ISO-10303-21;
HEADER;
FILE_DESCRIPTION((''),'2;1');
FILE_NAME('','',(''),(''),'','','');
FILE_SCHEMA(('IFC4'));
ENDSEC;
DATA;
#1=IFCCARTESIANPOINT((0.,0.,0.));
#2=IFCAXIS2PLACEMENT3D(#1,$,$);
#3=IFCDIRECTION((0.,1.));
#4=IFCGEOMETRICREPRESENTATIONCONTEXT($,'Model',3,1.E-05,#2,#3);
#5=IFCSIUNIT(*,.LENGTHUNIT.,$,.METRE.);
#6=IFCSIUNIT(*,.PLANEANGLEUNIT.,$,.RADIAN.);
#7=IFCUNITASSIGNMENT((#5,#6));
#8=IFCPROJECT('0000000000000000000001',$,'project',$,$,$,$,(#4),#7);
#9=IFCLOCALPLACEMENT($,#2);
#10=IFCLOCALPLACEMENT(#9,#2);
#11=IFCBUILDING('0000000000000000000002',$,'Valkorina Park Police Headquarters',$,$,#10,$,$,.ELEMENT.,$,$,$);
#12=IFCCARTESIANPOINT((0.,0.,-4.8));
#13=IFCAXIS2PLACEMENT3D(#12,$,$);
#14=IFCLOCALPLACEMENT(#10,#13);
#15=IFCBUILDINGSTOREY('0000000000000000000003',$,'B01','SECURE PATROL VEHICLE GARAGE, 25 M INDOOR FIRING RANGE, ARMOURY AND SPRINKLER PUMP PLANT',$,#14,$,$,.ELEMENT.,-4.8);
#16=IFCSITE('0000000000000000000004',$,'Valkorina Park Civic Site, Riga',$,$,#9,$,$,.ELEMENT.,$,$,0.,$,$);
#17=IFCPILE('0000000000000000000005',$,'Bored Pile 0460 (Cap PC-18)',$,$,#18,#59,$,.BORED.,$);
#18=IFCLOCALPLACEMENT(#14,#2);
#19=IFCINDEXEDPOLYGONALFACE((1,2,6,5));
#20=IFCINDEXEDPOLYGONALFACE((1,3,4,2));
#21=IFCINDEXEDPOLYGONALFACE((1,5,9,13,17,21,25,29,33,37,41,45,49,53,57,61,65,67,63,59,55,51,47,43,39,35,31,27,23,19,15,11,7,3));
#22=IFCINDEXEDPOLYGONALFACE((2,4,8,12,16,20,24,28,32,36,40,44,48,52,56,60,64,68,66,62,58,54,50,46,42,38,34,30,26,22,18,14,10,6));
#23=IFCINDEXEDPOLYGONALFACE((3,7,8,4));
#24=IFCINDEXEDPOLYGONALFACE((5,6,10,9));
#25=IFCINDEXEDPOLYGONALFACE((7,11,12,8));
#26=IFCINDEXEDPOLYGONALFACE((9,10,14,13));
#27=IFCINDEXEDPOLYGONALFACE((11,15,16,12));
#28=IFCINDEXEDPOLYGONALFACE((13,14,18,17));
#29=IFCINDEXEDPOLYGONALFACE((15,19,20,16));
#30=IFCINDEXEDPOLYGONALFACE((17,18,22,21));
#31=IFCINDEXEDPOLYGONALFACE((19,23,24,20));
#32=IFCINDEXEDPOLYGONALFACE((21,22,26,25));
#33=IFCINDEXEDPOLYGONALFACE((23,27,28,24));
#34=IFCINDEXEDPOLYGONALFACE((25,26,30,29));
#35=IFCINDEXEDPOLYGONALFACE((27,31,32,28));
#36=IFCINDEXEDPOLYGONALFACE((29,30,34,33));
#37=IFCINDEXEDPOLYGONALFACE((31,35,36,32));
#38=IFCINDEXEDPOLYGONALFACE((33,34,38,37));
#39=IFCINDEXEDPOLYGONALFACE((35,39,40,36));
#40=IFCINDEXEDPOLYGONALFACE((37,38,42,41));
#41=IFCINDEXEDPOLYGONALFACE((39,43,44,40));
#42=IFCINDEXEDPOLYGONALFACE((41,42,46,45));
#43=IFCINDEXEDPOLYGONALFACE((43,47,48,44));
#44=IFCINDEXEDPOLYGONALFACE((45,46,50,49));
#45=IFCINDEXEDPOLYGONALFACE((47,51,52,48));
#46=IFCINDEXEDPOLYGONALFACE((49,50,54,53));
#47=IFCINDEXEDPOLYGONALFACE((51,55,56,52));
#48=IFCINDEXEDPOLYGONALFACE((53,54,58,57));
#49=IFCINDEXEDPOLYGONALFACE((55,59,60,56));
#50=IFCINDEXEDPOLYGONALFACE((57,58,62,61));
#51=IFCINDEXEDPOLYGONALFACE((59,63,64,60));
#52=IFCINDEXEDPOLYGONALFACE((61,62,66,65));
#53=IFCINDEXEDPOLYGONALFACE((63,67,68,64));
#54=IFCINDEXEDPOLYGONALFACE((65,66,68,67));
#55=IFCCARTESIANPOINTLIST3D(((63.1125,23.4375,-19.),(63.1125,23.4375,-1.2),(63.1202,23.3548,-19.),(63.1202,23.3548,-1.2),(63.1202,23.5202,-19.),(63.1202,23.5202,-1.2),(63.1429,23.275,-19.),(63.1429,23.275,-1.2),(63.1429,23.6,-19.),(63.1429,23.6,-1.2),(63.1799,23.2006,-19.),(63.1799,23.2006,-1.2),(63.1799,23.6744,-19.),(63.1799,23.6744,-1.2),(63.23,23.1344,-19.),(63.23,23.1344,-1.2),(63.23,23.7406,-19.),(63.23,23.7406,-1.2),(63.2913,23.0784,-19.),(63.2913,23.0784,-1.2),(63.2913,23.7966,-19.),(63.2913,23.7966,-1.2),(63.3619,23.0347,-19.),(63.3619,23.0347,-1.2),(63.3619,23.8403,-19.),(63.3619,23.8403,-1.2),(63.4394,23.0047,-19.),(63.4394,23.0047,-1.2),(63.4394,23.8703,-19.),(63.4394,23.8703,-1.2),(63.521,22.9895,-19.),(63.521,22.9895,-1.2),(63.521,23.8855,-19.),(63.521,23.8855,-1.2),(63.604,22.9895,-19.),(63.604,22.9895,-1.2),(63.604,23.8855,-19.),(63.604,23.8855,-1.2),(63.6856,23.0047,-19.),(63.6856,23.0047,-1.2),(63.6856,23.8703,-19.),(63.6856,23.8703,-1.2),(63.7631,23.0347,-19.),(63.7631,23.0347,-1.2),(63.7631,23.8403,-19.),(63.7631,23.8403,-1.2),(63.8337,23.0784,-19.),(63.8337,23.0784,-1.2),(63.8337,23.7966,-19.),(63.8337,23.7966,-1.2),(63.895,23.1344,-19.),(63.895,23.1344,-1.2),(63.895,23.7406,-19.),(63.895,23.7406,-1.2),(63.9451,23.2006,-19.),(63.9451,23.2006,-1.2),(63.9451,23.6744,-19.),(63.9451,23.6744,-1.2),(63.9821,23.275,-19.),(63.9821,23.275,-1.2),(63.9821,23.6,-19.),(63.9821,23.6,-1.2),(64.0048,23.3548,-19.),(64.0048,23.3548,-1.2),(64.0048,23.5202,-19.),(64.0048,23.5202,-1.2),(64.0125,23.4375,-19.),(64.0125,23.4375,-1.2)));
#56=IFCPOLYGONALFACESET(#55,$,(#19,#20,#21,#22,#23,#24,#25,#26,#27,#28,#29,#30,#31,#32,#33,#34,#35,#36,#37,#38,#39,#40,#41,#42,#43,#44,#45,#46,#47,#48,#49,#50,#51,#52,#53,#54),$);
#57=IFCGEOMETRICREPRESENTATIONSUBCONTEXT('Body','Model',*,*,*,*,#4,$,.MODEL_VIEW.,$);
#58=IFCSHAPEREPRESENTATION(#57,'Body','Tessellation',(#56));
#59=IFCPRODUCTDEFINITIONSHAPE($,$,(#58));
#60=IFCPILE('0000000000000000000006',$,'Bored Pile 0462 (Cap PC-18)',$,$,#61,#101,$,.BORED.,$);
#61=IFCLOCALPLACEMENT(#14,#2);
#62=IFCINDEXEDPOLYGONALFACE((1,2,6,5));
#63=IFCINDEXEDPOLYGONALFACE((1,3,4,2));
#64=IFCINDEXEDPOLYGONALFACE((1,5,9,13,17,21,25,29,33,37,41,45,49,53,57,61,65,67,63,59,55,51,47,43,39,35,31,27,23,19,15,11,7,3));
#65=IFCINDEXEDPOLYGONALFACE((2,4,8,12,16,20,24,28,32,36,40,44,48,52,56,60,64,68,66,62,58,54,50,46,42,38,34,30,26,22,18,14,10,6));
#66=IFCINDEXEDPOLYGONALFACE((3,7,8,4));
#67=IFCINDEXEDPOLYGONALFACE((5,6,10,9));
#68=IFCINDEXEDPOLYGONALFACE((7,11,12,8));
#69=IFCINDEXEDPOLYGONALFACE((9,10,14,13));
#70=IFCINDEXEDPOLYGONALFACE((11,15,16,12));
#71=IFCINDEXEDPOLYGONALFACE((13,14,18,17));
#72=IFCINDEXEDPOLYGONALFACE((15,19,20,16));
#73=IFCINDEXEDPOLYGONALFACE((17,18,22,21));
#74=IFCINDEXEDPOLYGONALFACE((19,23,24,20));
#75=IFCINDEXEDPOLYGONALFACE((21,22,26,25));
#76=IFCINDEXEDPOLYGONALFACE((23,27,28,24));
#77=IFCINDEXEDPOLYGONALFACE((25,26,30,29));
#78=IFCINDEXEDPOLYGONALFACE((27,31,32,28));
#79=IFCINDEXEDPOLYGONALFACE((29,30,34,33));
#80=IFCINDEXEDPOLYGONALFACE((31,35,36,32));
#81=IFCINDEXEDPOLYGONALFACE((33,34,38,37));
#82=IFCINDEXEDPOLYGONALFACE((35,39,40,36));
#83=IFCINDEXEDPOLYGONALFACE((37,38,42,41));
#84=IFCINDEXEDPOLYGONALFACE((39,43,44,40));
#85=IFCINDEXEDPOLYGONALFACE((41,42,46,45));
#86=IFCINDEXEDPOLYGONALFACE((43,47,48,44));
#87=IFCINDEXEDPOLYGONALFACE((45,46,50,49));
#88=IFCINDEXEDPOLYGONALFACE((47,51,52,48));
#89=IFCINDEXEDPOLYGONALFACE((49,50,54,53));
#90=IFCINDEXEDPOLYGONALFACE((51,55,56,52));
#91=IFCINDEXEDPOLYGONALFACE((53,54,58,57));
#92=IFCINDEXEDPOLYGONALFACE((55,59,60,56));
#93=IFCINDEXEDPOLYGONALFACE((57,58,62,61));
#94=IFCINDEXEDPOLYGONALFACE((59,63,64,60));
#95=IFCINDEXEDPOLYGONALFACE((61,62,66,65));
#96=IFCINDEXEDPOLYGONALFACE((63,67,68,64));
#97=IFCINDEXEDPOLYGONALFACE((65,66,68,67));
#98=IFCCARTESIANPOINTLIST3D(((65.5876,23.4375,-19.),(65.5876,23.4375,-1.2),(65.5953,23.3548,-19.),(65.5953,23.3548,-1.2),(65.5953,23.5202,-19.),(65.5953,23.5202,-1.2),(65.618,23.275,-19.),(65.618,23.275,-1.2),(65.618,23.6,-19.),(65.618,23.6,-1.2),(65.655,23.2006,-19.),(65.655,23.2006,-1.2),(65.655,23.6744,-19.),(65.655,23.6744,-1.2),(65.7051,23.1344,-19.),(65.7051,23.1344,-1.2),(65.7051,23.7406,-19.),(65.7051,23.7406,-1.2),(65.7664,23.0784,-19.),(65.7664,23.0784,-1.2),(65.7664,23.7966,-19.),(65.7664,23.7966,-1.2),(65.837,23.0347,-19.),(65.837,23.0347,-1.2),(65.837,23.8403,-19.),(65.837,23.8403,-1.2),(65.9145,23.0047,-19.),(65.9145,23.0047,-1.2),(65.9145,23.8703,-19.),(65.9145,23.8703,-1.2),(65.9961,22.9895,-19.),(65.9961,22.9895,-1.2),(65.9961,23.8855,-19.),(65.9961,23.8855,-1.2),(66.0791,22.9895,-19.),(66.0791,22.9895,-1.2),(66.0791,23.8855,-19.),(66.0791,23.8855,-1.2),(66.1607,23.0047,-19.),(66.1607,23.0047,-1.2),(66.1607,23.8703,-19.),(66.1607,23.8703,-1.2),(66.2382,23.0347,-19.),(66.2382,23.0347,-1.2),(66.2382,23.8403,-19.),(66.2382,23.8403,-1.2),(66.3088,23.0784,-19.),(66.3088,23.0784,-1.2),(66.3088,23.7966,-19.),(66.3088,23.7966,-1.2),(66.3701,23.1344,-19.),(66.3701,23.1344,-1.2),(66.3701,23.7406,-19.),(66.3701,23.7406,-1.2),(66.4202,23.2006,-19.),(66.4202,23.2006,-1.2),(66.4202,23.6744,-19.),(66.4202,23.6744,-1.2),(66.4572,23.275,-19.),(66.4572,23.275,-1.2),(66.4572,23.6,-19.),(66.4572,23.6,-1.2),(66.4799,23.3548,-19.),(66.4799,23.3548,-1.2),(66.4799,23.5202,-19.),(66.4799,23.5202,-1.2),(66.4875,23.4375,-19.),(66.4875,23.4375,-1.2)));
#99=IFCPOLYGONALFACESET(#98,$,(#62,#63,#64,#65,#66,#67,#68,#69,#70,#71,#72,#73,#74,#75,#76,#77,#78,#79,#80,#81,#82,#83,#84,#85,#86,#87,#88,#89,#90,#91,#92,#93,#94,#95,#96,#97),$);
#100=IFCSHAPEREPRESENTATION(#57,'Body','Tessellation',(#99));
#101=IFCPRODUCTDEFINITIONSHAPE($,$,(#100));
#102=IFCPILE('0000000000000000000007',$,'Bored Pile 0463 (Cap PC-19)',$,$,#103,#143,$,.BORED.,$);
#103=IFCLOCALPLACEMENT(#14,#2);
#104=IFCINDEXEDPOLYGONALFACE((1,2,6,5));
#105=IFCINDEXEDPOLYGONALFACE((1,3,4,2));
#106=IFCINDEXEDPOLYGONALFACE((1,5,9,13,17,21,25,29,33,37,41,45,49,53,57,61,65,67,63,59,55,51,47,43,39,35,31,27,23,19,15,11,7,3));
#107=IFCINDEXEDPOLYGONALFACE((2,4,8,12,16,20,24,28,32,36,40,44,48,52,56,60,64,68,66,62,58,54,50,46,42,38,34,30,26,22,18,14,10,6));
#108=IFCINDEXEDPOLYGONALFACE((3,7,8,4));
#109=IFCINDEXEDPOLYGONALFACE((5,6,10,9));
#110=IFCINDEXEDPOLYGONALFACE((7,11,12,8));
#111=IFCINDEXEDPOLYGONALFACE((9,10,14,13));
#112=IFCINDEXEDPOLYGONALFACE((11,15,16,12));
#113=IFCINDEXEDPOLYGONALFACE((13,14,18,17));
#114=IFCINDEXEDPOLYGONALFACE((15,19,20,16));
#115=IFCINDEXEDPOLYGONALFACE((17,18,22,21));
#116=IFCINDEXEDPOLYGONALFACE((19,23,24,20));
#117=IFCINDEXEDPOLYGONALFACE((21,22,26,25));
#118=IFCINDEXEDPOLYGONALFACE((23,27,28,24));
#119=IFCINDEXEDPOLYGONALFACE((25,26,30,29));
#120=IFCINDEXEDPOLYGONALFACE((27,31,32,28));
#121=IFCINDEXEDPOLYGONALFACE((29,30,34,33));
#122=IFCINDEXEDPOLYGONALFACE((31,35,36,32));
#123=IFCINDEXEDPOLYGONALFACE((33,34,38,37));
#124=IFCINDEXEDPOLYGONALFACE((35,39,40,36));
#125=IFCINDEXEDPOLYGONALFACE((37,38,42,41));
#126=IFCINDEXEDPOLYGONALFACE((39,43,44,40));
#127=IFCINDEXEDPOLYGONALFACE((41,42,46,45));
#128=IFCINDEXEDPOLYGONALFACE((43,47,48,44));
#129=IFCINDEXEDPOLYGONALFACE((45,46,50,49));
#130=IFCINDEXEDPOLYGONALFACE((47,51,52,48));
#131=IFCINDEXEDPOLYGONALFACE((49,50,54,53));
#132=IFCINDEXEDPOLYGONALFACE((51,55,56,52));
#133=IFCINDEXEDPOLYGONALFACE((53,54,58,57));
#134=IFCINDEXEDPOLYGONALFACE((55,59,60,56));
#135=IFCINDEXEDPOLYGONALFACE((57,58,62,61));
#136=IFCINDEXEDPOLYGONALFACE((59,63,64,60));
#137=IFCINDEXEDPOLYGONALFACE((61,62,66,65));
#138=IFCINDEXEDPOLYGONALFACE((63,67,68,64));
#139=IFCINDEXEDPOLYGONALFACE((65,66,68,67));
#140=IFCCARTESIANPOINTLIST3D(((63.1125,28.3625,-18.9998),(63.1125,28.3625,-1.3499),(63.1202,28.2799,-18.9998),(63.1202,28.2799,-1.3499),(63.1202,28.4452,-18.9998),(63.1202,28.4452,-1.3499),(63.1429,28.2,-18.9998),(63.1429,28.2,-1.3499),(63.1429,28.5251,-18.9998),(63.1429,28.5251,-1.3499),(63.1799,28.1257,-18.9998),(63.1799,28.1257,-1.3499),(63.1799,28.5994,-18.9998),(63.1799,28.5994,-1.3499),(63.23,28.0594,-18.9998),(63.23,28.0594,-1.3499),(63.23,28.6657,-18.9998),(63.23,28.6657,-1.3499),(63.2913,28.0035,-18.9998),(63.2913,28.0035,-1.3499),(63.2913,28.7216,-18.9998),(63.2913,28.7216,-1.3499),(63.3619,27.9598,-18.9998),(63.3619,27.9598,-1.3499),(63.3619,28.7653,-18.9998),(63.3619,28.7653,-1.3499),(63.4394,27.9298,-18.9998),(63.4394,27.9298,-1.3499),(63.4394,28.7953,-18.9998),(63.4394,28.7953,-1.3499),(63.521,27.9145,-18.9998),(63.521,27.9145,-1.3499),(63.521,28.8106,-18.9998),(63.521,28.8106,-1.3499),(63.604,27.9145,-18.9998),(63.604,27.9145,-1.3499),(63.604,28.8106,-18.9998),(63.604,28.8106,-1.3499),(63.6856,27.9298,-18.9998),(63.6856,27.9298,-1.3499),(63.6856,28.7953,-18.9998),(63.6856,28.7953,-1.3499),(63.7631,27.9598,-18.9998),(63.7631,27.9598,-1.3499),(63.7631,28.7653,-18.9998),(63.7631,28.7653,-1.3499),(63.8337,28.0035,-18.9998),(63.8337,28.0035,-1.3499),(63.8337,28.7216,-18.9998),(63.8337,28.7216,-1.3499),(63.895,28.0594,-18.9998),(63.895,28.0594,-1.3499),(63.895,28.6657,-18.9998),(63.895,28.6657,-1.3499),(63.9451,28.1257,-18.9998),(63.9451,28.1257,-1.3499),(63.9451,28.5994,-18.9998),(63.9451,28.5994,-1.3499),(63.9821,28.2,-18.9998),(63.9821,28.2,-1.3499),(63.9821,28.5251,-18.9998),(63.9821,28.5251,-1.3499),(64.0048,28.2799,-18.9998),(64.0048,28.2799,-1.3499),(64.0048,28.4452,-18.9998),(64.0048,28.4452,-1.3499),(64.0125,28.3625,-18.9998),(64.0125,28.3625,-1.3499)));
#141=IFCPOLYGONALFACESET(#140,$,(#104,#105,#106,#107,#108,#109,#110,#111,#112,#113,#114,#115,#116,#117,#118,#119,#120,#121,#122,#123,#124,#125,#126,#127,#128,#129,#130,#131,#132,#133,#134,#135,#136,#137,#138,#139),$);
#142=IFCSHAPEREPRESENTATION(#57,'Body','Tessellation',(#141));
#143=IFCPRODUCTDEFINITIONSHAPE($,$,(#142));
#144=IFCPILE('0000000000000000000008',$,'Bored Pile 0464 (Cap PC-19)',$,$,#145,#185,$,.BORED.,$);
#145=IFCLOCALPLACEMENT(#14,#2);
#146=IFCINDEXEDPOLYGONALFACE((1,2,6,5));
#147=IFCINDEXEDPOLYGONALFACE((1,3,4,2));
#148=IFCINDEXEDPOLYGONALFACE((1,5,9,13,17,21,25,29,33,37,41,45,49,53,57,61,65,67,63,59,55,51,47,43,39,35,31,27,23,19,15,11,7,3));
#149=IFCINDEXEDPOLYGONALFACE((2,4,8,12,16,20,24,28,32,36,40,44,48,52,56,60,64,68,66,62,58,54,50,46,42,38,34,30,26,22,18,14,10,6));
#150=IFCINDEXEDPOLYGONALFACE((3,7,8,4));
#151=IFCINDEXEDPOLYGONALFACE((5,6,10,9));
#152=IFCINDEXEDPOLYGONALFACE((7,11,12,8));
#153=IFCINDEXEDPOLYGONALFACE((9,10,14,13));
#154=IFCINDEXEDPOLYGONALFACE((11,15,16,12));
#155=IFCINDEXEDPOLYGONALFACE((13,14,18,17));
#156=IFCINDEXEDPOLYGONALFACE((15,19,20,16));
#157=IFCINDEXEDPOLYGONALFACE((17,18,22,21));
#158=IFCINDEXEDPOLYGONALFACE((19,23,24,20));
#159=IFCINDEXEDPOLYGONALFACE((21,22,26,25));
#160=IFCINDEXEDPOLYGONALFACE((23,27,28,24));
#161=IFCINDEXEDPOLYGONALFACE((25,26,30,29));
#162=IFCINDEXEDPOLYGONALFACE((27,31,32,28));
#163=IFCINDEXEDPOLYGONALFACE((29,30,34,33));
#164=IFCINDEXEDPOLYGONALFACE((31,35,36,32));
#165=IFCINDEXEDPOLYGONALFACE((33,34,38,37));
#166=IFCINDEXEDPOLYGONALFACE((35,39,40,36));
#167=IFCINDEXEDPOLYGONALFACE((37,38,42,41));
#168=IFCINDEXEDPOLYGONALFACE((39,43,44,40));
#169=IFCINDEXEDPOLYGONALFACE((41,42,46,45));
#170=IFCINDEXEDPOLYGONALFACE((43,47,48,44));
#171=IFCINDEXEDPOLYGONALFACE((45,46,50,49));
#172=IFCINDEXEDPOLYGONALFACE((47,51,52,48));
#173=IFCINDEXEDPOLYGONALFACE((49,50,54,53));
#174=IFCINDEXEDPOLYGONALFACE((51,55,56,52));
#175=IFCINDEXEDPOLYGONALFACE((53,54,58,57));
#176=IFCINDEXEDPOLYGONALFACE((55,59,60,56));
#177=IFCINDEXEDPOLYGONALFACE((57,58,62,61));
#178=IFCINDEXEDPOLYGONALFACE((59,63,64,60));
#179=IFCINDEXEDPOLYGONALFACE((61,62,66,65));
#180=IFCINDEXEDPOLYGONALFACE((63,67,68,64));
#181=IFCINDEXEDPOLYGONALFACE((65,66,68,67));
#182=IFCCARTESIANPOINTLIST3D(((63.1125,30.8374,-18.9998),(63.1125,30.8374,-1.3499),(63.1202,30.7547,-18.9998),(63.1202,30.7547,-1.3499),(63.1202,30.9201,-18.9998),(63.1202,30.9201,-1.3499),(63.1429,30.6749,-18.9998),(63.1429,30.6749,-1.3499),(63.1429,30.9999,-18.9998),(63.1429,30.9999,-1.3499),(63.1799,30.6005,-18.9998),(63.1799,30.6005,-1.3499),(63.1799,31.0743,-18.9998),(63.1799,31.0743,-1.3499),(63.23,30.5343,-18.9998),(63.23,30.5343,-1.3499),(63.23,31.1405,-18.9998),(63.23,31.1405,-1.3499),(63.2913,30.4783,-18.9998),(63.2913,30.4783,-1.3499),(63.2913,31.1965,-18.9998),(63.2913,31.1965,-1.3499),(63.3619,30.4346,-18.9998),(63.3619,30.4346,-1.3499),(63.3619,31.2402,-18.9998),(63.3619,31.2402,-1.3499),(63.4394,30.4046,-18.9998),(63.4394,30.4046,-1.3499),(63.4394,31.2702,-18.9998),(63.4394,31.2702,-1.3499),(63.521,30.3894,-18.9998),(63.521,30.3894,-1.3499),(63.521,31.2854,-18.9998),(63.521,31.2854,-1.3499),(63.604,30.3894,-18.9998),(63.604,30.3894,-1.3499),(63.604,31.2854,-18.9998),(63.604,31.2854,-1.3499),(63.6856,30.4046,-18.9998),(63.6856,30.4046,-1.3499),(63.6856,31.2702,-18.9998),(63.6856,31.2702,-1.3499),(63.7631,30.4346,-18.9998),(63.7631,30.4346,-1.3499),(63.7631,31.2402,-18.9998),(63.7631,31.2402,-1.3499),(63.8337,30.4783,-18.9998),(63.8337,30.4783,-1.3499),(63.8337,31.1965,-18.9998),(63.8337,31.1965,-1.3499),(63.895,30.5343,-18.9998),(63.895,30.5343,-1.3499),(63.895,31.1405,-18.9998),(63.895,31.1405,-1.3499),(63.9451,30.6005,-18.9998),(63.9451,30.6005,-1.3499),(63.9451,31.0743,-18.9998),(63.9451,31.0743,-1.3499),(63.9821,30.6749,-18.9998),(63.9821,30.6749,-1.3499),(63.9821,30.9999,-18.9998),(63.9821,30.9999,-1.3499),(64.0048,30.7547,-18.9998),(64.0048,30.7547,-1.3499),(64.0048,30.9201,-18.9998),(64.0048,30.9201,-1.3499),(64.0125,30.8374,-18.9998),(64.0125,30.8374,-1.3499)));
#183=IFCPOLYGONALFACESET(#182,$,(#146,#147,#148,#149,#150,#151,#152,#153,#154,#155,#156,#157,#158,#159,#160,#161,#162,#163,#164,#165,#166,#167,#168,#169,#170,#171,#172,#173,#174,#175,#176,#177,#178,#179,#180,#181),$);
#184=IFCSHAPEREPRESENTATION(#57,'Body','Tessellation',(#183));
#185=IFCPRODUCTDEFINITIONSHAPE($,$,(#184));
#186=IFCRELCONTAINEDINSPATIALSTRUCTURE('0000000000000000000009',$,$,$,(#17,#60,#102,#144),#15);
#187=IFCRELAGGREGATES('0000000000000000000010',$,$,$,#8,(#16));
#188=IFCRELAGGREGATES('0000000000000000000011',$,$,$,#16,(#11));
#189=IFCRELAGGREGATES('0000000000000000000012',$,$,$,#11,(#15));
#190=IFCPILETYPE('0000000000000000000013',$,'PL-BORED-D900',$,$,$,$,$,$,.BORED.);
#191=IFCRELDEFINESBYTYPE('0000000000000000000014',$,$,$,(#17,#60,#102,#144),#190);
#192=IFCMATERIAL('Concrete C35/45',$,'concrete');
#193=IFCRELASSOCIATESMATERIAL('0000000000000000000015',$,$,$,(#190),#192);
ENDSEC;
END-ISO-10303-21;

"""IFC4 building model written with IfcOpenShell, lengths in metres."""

from ifc_helpers import new_model, si_unit, direction, frame, origin, origin_2d, place, context, subcontext, project, spatial, circle, extrude, material, material_profile, profile_set, type_object, element, save


model = new_model("IFC4")

# Units and contexts
model_context = context("Model", 3, precision=1e-05, world=origin(), true_north=direction((0.0, 1.0)))
body_context = subcontext(model_context, "Body", "Model", "MODEL_VIEW")
ifc_project = project(units=[si_unit("LENGTHUNIT", "METRE"), si_unit("PLANEANGLEUNIT", "RADIAN")], contexts=[model_context])

# Site, building, storey
site_placement = place(None, origin())
site = spatial("IfcSite", under=ifc_project, at=site_placement, Name="Valkorina Park Civic Site, Riga", CompositionType="ELEMENT", RefElevation=0.0)
building_placement = place(site_placement, origin())
building = spatial("IfcBuilding", under=site, at=building_placement, Name="Valkorina Park Police Headquarters", CompositionType="ELEMENT")
storey_placement = place(building_placement, frame((0.0, 0.0, -4.8)))
storey = spatial("IfcBuildingStorey", under=building, at=storey_placement, Name="B01", Description="SECURE PATROL VEHICLE GARAGE, 25 M INDOOR FIRING RANGE, ARMOURY AND SPRINKLER PUMP PLANT", CompositionType="ELEMENT", Elevation=-4.8)

# Piles
ifc_material_1 = material(Name="Concrete C35/45", Category="concrete")
ifc_material_profile_1 = material_profile(ifc_material_1, circle(Radius=0.45, at=origin_2d()), Name="BORED PILE D900")
ifc_profile_set_1 = profile_set([ifc_material_profile_1], Name="Concrete C35/45")
pile_type = type_object("IfcPileType", Name="PL-BORED-D900", PredefinedType="BORED", material=ifc_profile_set_1)
for number, where, z_axis, x_axis, name in (
    (1, (63.5625, 23.4375, -1.2), (0.0, 0.0, -1.0), (1.0, 0.0, 0.0), "Bored Pile 0460 (Cap PC-18)"),
    (2, (66.0376, 23.4375, -1.2), (0.0, 0.0, -1.0), (1.0, 0.0, 0.0), "Bored Pile 0462 (Cap PC-18)"),
):
    element("IfcPile", number, at=place(storey_placement, frame(where, z_axis=z_axis, x_axis=x_axis)), inside=storey, type_object=pile_type, Name=name, PredefinedType="BORED", context=body_context, shape_type="SweptSolid", body=[
        extrude(circle(Radius=0.45, at=origin_2d()), origin(), (0.0, 0.0, 1.0), 17.8),
    ])
for number, where, z_axis, x_axis, name in (
    (3, (63.5625, 28.3625, -1.3499), (0.0, 0.0, -1.0), (1.0, 0.0, 0.0), "Bored Pile 0463 (Cap PC-19)"),
    (4, (63.5625, 30.8374, -1.3499), (0.0, 0.0, -1.0), (1.0, 0.0, 0.0), "Bored Pile 0464 (Cap PC-19)"),
):
    element("IfcPile", number, at=place(storey_placement, frame(where, z_axis=z_axis, x_axis=x_axis)), inside=storey, type_object=pile_type, Name=name, PredefinedType="BORED", context=body_context, shape_type="SweptSolid", body=[
        extrude(circle(Radius=0.45, at=origin_2d()), origin(), (0.0, 0.0, 1.0), 17.6499),
    ])

save(model, "model.ifc")
